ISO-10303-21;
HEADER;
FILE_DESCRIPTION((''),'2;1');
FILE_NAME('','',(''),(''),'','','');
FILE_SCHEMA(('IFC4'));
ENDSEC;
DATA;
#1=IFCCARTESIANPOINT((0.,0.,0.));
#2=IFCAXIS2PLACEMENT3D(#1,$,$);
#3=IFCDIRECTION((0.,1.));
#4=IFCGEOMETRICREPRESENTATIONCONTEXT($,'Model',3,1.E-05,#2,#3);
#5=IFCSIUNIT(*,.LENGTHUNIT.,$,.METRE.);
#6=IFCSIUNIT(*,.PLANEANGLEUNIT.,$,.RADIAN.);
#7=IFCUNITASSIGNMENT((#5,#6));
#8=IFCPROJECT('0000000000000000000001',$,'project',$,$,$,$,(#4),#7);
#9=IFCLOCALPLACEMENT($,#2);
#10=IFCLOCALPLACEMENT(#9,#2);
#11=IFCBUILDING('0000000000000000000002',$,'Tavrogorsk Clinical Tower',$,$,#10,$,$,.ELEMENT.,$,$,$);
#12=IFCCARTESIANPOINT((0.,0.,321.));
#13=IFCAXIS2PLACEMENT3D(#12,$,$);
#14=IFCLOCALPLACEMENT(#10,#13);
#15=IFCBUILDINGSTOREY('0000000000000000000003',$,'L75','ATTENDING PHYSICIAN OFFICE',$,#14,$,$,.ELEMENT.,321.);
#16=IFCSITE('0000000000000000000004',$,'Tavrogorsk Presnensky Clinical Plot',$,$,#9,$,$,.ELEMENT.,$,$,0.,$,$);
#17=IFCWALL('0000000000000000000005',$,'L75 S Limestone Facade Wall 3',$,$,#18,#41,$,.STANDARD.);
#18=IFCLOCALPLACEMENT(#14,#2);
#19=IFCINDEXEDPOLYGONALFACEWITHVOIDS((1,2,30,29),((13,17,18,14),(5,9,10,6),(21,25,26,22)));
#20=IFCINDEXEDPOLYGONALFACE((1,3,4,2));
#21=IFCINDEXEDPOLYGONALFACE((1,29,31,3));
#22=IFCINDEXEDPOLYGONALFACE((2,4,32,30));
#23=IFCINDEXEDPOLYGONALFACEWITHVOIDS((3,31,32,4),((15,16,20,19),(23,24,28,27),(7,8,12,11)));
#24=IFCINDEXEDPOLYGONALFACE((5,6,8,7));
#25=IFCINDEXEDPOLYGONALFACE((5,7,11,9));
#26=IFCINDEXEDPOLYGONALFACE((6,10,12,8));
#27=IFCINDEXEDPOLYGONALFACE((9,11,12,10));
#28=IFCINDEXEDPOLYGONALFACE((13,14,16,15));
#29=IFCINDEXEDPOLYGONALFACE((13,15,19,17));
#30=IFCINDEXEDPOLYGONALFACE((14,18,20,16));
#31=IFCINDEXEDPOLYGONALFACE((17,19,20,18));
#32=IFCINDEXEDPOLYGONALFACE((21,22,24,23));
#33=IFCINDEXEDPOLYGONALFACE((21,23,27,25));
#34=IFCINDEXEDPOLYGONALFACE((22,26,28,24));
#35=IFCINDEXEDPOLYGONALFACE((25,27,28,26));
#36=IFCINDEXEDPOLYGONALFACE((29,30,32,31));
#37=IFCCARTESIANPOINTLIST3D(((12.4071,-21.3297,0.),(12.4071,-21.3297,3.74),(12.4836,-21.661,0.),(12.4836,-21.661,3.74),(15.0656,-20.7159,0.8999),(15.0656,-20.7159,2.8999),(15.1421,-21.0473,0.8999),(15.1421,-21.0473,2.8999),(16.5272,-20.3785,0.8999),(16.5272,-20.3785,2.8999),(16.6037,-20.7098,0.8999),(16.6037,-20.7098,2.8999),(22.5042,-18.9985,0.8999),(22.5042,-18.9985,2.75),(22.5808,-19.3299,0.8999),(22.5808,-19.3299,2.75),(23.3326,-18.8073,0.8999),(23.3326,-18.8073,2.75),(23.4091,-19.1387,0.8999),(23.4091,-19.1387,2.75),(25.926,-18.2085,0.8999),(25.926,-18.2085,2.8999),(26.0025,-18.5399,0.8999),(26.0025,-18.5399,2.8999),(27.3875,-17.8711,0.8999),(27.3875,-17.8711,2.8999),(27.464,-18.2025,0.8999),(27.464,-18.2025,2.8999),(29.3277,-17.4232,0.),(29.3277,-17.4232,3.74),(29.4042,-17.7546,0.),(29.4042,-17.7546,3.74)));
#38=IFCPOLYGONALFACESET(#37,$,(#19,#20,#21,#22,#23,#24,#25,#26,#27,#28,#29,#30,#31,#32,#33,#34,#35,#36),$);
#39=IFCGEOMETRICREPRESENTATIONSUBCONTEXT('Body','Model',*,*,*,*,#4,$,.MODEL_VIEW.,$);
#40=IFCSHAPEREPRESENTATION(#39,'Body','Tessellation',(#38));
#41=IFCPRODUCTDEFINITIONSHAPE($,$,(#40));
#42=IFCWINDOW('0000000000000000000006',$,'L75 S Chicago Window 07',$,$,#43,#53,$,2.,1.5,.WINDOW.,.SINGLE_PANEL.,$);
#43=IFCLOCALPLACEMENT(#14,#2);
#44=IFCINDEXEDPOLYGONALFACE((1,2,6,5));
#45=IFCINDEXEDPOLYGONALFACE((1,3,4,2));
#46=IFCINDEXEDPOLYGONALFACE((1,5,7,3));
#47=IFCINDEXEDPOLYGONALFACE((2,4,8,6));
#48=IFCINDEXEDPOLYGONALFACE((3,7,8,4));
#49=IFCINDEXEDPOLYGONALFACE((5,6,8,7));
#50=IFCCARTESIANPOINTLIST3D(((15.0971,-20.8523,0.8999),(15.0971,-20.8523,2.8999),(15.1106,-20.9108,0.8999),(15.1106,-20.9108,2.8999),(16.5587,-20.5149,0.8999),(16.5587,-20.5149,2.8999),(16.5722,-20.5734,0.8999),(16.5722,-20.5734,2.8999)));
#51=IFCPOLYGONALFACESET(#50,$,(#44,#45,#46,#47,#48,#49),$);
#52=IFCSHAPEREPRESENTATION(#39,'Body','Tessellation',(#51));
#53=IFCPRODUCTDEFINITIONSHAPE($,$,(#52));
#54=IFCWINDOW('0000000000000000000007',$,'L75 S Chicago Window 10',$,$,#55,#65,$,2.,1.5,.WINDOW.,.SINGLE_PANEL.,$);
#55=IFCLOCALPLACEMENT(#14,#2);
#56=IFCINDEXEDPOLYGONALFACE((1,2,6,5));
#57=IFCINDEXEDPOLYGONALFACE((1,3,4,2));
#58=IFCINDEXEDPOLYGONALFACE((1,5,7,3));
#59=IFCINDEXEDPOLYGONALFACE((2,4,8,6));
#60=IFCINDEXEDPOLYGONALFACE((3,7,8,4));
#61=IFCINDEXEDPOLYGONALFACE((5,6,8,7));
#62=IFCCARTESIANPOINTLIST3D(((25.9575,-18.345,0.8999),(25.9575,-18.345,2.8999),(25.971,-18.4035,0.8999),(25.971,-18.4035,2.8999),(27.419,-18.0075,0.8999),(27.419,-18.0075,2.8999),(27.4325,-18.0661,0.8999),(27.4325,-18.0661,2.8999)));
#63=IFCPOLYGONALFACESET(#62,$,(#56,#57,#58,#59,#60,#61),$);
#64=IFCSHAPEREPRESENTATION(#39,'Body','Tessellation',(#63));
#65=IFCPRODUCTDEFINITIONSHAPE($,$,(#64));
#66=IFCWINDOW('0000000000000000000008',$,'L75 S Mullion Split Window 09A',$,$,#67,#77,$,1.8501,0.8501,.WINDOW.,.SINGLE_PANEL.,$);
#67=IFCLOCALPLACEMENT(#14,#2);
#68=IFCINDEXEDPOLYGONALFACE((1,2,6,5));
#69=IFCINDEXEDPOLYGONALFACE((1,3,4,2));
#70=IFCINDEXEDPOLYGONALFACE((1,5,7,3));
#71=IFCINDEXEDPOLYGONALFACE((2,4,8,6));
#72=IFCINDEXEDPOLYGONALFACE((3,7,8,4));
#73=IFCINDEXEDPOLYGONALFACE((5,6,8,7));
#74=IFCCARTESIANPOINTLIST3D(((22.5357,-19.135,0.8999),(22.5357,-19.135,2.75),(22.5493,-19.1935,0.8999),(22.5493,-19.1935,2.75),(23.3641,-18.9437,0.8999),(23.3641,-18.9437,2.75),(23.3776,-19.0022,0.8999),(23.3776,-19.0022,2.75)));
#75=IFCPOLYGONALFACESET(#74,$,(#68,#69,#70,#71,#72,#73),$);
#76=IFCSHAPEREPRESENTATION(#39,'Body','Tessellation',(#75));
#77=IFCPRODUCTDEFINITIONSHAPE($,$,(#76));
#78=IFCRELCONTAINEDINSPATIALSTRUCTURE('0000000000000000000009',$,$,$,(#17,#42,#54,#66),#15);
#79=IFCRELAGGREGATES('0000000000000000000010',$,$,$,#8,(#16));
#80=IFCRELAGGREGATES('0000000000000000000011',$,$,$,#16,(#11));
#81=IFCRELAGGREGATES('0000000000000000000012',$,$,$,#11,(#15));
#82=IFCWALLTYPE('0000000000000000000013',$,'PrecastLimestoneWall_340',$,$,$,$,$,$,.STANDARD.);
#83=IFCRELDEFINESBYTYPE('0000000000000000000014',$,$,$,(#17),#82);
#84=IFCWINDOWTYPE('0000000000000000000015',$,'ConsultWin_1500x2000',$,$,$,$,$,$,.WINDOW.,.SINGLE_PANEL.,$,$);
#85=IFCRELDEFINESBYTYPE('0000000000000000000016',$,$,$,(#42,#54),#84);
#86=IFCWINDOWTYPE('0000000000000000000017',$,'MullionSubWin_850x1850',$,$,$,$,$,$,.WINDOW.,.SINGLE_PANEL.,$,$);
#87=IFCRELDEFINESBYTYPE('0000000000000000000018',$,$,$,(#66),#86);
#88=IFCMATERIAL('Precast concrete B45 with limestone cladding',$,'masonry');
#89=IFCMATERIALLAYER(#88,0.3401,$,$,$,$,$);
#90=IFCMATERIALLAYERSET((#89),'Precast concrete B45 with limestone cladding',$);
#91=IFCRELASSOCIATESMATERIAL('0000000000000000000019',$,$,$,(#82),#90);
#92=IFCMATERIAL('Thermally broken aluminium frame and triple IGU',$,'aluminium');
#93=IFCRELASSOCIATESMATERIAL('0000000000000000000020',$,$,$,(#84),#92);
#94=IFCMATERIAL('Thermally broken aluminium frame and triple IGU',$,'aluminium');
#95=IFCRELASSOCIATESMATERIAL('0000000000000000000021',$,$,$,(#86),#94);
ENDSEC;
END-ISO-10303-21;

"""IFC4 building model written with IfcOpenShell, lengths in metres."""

from ifc_helpers import new_model, si_unit, direction, frame, frame_2d, origin, place, context, subcontext, project, spatial, rectangle, extrude, material, layer, layer_set, type_object, element, fill, save


model = new_model("IFC4")

# Units and contexts
model_context = context("Model", 3, precision=1e-05, world=origin(), true_north=direction((0.0, 1.0)))
body_context = subcontext(model_context, "Body", "Model", "MODEL_VIEW")
ifc_project = project(units=[si_unit("LENGTHUNIT", "METRE"), si_unit("PLANEANGLEUNIT", "RADIAN")], contexts=[model_context])

# Site, building, storey
site_placement = place(None, origin())
site = spatial("IfcSite", under=ifc_project, at=site_placement, Name="Tavrogorsk Presnensky Clinical Plot", CompositionType="ELEMENT", RefElevation=0.0)
building_placement = place(site_placement, origin())
building = spatial("IfcBuilding", under=site, at=building_placement, Name="Tavrogorsk Clinical Tower", CompositionType="ELEMENT")
storey_placement = place(building_placement, frame((0.0, 0.0, 321.0)))
storey = spatial("IfcBuildingStorey", under=building, at=storey_placement, Name="L75", Description="ATTENDING PHYSICIAN OFFICE", CompositionType="ELEMENT", Elevation=321.0)

# Wall, openings, windows
ifc_material_1 = material(Name="Precast concrete B45 with limestone cladding", Category="masonry")
ifc_layer_1 = layer(ifc_material_1, 0.3401)
ifc_layer_set_1 = layer_set([ifc_layer_1], Name="Precast concrete B45 with limestone cladding")
wall_type_1 = type_object("IfcWallType", Name="PrecastLimestoneWall_340", PredefinedType="STANDARD", material=ifc_layer_set_1)
wall_1_placement = place(storey_placement, frame((12.4453, -21.4954, 0.0), z_axis=(0.0, 0.0, 1.0), x_axis=(0.974369, 0.224954, 0.0)))
wall_1 = element("IfcWall", 1, at=wall_1_placement, inside=storey, type_object=wall_type_1, Name="L75 S Limestone Facade Wall 3", PredefinedType="STANDARD", context=body_context, shape_type="SweptSolid", body=[
    extrude(rectangle(XDim=17.3657, YDim=0.3401, at=frame_2d((8.6829, 0.0))), origin(), (0.0, 0.0, 1.0), 3.74),
])
opening_1_placement = place(wall_1_placement, frame((2.7285, 0.0, 0.8999)))
opening_1 = element("IfcOpeningElement", 2, at=opening_1_placement, cuts=wall_1, PredefinedType="OPENING", context=body_context, shape_type="SweptSolid", body=[
    extrude(rectangle(XDim=1.5, YDim=2.0, at=frame_2d((0.75, 1.0))), frame((0.0, 0.1799, 0.0), z_axis=(0.0, -1.0, 0.0), x_axis=(1.0, 0.0, 0.0)), (0.0, 0.0, 1.0), 0.3601),
])
opening_2_placement = place(wall_1_placement, frame((10.3628, 0.0, 0.8999)))
opening_2 = element("IfcOpeningElement", 3, at=opening_2_placement, cuts=wall_1, PredefinedType="OPENING", context=body_context, shape_type="SweptSolid", body=[
    extrude(rectangle(XDim=0.8501, YDim=1.8501, at=frame_2d((0.425, 0.925))), frame((0.0, 0.1799, 0.0), z_axis=(0.0, -1.0, 0.0), x_axis=(1.0, 0.0, 0.0)), (0.0, 0.0, 1.0), 0.3601),
])
opening_3_placement = place(wall_1_placement, frame((13.8745, 0.0, 0.8999)))
opening_3 = element("IfcOpeningElement", 4, at=opening_3_placement, cuts=wall_1, PredefinedType="OPENING", context=body_context, shape_type="SweptSolid", body=[
    extrude(rectangle(XDim=1.5, YDim=2.0, at=frame_2d((0.75, 1.0))), frame((0.0, 0.1799, 0.0), z_axis=(0.0, -1.0, 0.0), x_axis=(1.0, 0.0, 0.0)), (0.0, 0.0, 1.0), 0.3601),
])
ifc_material_2 = material(Name="Thermally broken aluminium frame and triple IGU", Category="aluminium")
window_type_1 = type_object("IfcWindowType", Name="ConsultWin_1500x2000", PartitioningType="SINGLE_PANEL", PredefinedType="WINDOW", material=ifc_material_2)
window_1_placement = place(opening_1_placement, origin())
window_1 = element("IfcWindow", 5, at=window_1_placement, inside=storey, type_object=window_type_1, Name="L75 S Chicago Window 07", OverallHeight=2.0, OverallWidth=1.5, PartitioningType="SINGLE_PANEL", PredefinedType="WINDOW", context=body_context, shape_type="SweptSolid", body=[
    extrude(rectangle(XDim=1.5, YDim=2.0, at=frame_2d((0.75, 1.0))), frame((0.0, 0.03, 0.0), z_axis=(0.0, -1.0, 0.0), x_axis=(1.0, 0.0, 0.0)), (0.0, 0.0, 1.0), 0.0601),
])
fill(opening_1, window_1)
window_2_placement = place(opening_3_placement, origin())
window_2 = element("IfcWindow", 6, at=window_2_placement, inside=storey, type_object=window_type_1, Name="L75 S Chicago Window 10", OverallHeight=2.0, OverallWidth=1.5, PartitioningType="SINGLE_PANEL", PredefinedType="WINDOW", context=body_context, shape_type="SweptSolid", body=[
    extrude(rectangle(XDim=1.5, YDim=2.0, at=frame_2d((0.75, 1.0))), frame((0.0, 0.03, 0.0), z_axis=(0.0, -1.0, 0.0), x_axis=(1.0, 0.0, 0.0)), (0.0, 0.0, 1.0), 0.0601),
])
fill(opening_3, window_2)
ifc_material_3 = material(Name="Thermally broken aluminium frame and triple IGU", Category="aluminium")
window_type_2 = type_object("IfcWindowType", Name="MullionSubWin_850x1850", PartitioningType="SINGLE_PANEL", PredefinedType="WINDOW", material=ifc_material_3)
window_3_placement = place(opening_2_placement, origin())
window_3 = element("IfcWindow", 7, at=window_3_placement, inside=storey, type_object=window_type_2, Name="L75 S Mullion Split Window 09A", OverallHeight=1.8501, OverallWidth=0.8501, PartitioningType="SINGLE_PANEL", PredefinedType="WINDOW", context=body_context, shape_type="SweptSolid", body=[
    extrude(rectangle(XDim=0.8501, YDim=1.8501, at=frame_2d((0.425, 0.925))), frame((0.0, 0.03, 0.0), z_axis=(0.0, -1.0, 0.0), x_axis=(1.0, 0.0, 0.0)), (0.0, 0.0, 1.0), 0.0601),
])
fill(opening_2, window_3)

save(model, "model.ifc")
